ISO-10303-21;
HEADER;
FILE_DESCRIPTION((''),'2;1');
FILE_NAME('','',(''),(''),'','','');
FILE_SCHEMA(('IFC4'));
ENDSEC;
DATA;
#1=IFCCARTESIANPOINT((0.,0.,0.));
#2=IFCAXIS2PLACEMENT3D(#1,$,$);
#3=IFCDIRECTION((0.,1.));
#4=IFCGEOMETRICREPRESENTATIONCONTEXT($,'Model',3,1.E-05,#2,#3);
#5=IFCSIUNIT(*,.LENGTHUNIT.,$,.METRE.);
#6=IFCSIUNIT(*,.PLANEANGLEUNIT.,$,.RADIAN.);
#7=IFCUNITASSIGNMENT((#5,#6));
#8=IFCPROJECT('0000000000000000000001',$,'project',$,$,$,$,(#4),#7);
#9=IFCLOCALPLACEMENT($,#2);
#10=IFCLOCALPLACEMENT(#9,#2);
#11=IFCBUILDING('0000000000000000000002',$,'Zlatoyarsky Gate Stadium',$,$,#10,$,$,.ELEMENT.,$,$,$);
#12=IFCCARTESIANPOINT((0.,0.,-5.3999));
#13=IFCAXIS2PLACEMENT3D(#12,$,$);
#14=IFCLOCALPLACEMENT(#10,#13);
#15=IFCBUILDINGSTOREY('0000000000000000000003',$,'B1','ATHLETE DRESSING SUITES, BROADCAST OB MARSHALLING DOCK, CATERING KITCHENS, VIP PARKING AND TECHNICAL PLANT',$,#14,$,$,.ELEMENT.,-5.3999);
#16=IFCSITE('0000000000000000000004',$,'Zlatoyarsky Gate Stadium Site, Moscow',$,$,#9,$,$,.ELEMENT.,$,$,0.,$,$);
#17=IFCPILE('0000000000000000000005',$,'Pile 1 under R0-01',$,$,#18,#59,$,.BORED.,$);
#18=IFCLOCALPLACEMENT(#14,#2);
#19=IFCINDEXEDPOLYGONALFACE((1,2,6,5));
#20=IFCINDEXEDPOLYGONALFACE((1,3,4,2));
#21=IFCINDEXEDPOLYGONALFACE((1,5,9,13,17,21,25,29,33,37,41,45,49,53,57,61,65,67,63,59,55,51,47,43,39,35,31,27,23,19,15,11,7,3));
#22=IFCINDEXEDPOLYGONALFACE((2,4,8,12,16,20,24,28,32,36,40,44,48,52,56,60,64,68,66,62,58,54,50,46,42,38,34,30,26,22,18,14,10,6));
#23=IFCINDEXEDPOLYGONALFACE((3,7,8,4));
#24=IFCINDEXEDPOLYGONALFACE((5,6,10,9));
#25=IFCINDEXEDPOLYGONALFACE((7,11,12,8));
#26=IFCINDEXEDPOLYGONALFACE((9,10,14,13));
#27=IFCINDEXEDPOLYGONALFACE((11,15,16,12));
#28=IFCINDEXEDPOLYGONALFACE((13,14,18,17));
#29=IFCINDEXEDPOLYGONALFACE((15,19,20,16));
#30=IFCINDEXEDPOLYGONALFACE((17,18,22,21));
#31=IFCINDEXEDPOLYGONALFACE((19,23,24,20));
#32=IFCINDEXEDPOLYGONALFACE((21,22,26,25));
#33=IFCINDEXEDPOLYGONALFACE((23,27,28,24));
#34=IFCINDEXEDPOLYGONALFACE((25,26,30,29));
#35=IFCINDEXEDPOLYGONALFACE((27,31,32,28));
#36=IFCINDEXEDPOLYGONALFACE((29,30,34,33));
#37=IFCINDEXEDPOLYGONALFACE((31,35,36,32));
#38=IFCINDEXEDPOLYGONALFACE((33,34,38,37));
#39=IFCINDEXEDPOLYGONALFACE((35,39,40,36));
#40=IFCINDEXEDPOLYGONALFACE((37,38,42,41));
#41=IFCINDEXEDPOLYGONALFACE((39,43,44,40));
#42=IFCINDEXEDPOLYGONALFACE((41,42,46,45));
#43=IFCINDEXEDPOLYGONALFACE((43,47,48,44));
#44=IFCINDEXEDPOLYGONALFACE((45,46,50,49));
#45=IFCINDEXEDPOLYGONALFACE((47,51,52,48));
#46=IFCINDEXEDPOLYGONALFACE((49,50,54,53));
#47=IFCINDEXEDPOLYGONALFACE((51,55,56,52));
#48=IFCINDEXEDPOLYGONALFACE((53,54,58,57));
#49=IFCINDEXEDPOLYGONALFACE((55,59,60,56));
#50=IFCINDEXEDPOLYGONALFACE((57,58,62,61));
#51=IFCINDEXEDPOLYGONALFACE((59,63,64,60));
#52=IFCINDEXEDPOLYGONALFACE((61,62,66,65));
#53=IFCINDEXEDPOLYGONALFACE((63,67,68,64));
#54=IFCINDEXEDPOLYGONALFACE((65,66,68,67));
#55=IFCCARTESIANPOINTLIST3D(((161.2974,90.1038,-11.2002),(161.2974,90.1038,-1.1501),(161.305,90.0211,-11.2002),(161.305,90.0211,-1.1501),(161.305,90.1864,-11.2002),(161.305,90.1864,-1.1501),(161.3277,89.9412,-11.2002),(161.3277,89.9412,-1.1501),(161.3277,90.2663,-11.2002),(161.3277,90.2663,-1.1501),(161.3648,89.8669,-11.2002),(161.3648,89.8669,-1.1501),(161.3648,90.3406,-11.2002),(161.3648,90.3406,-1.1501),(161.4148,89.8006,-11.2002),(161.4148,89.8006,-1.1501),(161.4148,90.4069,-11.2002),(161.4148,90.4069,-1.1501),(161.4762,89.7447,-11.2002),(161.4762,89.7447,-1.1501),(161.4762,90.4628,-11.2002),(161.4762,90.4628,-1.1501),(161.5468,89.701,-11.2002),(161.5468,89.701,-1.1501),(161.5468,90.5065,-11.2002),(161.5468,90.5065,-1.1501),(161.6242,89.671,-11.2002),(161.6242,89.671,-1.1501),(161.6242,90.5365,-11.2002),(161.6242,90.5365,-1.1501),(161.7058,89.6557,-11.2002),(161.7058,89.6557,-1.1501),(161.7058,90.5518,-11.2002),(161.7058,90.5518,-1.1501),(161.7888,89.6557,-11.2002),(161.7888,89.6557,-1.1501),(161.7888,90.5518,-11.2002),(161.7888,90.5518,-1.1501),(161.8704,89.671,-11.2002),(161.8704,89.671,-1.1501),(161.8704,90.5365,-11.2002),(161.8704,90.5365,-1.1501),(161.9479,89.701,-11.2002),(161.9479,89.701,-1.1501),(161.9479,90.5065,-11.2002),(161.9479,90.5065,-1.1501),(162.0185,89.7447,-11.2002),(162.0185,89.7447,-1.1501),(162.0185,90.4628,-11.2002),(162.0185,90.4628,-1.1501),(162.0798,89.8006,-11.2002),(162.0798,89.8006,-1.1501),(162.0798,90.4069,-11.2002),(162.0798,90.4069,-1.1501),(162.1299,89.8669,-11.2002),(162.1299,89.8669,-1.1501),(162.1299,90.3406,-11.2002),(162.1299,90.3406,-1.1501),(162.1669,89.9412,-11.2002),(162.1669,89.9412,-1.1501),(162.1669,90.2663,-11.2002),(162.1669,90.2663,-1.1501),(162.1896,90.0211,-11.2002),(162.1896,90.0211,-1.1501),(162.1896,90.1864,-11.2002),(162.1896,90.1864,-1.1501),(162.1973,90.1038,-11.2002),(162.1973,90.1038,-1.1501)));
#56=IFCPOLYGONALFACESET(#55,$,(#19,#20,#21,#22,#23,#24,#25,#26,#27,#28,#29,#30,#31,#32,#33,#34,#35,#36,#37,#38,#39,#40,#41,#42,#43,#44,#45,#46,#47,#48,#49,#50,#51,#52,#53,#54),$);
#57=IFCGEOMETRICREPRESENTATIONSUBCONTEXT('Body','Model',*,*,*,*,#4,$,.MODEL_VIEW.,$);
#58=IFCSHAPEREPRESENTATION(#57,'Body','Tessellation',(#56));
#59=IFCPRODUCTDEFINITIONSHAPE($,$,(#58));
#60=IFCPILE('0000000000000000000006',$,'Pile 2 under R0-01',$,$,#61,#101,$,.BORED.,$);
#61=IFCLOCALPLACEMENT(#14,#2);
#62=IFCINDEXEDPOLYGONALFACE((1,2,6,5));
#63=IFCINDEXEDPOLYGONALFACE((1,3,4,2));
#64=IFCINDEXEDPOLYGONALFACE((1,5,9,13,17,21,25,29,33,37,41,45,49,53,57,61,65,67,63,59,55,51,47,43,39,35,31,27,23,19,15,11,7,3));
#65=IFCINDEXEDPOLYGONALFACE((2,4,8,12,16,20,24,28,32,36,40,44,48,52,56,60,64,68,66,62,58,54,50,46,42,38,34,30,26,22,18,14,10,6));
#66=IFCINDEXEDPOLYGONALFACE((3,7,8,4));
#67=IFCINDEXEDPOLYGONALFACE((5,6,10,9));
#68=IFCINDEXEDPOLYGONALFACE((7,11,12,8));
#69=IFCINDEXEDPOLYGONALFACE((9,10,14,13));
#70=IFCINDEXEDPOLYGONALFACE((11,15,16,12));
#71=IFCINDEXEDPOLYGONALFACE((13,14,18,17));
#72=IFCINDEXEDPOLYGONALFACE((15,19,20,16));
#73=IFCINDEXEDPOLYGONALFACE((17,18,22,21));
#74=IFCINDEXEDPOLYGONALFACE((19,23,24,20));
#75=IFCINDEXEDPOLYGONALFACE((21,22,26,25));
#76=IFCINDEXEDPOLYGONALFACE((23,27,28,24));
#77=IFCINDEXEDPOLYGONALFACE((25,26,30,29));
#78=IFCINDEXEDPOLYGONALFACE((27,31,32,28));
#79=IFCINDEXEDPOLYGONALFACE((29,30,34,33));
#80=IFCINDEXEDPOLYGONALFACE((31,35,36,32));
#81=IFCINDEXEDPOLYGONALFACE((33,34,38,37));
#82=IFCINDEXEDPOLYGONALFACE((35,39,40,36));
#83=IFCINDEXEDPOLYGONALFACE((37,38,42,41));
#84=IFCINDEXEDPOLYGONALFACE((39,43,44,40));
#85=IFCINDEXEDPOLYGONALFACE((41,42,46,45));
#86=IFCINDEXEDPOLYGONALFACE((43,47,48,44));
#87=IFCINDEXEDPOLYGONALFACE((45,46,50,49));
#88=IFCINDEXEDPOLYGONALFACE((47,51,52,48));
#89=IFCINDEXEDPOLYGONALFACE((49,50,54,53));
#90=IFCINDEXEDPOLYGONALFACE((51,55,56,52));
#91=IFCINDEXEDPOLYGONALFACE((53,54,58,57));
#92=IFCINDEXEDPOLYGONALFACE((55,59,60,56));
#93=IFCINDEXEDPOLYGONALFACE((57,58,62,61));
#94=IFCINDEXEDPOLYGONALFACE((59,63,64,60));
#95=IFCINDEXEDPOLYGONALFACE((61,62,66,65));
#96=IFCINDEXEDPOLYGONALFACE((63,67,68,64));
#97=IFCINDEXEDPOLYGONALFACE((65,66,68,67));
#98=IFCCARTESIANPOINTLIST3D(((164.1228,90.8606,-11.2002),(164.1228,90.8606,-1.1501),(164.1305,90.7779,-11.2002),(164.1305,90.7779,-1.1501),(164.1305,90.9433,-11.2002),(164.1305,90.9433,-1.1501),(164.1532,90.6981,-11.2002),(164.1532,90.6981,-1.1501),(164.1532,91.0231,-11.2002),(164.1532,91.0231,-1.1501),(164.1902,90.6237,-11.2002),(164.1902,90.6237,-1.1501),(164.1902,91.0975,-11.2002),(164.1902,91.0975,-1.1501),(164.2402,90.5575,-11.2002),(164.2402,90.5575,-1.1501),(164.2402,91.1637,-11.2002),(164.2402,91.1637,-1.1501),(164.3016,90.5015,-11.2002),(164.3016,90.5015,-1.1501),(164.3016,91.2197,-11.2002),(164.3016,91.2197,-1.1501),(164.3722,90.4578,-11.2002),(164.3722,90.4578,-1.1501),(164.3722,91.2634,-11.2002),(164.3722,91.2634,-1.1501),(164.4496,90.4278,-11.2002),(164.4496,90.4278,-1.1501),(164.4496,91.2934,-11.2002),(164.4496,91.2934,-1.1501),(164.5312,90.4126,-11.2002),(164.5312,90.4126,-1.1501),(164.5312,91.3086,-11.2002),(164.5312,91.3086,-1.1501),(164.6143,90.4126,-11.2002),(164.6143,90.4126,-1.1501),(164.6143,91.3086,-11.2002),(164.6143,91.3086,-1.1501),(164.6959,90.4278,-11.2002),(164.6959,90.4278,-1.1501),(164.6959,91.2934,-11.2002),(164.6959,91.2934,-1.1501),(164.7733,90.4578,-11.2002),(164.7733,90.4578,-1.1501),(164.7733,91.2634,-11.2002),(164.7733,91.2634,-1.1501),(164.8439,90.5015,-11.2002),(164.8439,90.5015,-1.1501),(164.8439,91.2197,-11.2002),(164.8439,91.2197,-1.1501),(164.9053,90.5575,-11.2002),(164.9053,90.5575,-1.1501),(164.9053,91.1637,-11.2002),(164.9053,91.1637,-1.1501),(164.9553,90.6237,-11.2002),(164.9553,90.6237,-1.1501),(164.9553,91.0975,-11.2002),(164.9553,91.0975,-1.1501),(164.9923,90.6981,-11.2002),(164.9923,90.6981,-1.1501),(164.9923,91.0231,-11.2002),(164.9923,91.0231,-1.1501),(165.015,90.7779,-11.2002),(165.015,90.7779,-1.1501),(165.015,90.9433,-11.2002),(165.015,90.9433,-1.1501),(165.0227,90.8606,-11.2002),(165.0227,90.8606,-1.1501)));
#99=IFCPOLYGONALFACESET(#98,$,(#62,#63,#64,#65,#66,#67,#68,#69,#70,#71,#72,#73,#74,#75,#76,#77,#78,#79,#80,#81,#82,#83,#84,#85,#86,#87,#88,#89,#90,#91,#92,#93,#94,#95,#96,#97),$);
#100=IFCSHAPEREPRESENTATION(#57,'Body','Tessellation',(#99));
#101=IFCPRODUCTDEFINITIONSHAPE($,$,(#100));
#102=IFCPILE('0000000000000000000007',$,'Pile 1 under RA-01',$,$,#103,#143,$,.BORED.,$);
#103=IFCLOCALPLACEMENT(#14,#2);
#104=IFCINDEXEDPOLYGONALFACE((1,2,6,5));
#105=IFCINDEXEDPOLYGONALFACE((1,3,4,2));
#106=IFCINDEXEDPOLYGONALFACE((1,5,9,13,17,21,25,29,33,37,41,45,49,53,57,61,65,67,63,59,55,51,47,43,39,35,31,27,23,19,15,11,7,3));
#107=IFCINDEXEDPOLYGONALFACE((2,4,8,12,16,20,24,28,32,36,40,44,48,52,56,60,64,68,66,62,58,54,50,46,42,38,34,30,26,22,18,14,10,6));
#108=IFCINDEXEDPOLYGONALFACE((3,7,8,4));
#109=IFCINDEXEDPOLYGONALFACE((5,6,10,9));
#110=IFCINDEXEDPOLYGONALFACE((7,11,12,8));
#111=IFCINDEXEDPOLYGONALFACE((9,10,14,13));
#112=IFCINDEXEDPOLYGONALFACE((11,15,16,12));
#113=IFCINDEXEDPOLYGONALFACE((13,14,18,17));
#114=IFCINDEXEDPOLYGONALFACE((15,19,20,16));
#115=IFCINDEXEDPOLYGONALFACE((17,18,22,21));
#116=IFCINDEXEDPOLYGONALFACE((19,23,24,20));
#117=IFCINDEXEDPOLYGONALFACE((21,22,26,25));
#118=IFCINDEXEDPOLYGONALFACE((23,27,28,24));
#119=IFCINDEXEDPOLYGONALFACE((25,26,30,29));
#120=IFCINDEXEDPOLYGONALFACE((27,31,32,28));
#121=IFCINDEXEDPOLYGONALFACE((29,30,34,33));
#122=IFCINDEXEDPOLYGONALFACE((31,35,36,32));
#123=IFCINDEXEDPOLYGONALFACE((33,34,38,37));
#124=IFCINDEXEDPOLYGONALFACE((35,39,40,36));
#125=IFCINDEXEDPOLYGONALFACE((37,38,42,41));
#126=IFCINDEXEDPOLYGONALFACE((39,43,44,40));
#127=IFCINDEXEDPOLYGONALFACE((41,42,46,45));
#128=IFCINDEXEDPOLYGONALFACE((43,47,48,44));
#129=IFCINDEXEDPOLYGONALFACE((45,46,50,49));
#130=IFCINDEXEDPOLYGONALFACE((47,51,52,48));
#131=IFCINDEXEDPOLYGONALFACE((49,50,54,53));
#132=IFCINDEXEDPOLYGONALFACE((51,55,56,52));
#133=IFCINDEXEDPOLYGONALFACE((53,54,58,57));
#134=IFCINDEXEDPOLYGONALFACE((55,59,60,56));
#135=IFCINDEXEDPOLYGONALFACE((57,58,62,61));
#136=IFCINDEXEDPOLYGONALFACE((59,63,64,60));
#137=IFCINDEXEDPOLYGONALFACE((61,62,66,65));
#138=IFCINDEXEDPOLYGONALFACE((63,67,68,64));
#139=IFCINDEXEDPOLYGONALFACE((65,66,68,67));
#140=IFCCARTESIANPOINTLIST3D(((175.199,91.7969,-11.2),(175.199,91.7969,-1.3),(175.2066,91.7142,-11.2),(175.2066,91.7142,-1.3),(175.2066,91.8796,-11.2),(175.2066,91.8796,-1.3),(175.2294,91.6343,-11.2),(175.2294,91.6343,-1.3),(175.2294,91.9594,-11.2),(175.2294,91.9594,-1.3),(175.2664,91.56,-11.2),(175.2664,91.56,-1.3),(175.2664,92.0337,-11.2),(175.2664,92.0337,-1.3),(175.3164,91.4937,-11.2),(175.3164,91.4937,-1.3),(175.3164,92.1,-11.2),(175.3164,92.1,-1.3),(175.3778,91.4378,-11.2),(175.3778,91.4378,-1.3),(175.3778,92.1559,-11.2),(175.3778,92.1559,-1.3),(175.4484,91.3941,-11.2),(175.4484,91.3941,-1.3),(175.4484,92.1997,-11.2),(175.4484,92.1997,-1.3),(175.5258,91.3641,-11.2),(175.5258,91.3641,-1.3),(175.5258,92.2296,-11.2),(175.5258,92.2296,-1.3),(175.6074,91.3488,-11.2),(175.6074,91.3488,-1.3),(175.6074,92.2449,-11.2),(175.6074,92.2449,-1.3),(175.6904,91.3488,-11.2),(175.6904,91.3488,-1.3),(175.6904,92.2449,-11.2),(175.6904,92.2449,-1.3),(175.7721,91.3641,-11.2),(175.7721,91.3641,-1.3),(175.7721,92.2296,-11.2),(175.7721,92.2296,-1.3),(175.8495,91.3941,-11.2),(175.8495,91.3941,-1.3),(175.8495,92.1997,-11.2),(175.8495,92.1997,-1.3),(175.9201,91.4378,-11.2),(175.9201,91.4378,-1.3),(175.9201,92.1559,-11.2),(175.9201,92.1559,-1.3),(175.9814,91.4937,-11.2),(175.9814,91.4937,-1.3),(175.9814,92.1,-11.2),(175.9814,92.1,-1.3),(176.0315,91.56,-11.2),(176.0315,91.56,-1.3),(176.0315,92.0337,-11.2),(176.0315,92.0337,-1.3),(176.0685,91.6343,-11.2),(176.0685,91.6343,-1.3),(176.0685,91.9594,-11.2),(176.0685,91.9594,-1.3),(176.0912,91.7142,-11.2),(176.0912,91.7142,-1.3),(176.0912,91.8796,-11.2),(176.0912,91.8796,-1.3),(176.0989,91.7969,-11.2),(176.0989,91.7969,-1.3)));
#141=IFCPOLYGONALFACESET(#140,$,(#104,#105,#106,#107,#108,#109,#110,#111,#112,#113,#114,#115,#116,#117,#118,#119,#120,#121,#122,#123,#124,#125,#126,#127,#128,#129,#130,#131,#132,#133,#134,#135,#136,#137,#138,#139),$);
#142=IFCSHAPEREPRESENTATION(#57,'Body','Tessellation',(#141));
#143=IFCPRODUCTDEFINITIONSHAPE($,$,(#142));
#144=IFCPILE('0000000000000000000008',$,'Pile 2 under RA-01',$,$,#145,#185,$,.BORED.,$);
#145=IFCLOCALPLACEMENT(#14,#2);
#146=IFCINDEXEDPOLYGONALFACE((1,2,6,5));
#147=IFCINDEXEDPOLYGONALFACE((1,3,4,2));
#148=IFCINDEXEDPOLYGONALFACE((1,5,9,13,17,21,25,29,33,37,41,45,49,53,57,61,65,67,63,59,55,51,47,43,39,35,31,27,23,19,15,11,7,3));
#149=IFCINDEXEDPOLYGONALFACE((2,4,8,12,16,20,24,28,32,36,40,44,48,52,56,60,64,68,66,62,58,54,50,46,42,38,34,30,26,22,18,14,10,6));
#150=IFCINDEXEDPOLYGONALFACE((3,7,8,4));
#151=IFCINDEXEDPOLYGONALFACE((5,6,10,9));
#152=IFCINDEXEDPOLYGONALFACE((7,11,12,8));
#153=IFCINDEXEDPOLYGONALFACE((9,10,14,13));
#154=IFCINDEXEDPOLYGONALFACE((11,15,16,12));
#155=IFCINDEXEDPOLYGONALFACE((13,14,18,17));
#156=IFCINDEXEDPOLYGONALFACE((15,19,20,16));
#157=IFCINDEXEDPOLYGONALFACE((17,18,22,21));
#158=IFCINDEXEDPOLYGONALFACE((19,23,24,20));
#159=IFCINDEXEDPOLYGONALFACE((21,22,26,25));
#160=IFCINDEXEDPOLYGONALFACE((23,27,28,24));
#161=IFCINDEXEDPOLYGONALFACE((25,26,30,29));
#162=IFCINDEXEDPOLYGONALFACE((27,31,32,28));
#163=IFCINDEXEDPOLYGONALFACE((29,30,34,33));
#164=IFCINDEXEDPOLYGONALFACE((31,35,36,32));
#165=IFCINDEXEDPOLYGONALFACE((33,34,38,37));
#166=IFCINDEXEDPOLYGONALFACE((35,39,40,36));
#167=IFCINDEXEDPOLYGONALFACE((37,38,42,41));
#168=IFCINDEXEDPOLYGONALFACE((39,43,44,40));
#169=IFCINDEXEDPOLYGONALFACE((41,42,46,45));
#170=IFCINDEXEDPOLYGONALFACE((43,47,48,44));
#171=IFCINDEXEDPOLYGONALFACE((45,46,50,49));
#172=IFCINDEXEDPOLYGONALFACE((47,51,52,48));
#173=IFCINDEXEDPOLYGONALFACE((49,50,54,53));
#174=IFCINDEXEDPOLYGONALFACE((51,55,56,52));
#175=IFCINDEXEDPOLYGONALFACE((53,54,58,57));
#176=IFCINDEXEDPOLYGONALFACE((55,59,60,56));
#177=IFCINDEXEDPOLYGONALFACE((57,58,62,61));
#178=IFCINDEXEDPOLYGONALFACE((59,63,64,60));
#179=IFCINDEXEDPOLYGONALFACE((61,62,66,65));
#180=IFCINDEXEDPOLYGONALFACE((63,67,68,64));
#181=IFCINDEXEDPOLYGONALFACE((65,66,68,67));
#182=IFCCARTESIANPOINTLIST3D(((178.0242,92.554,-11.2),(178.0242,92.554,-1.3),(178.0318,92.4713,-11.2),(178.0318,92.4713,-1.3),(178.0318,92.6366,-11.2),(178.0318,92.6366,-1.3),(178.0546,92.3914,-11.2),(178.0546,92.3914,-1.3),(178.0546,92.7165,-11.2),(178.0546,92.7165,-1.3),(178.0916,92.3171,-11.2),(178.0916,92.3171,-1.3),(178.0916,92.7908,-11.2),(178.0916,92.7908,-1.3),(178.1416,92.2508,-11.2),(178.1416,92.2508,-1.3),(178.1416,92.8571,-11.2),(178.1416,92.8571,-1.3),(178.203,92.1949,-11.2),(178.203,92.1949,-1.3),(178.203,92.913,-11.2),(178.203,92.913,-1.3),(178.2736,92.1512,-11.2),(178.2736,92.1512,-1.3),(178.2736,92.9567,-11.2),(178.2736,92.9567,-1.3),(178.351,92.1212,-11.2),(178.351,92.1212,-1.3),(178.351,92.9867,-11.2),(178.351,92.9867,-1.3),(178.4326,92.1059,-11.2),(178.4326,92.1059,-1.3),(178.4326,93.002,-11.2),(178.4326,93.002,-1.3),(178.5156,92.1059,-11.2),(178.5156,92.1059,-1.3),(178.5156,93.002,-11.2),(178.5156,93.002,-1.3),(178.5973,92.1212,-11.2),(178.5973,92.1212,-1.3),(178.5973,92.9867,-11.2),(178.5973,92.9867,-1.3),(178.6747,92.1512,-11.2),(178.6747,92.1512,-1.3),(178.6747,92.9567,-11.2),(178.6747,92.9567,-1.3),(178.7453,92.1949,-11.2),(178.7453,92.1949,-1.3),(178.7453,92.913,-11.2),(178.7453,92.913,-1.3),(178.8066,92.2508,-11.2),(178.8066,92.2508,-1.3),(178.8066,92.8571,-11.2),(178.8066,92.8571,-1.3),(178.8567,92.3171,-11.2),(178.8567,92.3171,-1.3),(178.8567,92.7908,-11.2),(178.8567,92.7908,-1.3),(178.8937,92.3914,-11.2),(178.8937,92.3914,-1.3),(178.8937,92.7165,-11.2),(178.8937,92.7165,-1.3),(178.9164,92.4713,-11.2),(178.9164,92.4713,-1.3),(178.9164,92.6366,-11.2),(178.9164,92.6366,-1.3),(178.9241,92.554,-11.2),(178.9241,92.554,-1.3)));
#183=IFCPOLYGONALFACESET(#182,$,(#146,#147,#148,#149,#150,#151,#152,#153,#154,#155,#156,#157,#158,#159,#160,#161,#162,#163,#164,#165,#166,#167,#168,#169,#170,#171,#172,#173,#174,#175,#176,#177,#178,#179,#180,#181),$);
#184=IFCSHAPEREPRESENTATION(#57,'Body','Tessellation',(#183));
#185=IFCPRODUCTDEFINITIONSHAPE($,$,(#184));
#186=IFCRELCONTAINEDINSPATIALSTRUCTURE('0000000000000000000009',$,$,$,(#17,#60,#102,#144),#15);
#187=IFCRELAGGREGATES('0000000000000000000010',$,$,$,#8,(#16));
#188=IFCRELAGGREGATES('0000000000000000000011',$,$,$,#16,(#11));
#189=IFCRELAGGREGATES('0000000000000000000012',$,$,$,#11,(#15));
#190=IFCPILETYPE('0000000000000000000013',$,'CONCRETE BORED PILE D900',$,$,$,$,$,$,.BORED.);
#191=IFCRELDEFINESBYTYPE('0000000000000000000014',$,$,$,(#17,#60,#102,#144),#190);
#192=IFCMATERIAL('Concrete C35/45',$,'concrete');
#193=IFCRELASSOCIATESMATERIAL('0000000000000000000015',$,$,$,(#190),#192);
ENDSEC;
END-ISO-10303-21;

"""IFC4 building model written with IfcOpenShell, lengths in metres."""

from ifc_helpers import new_model, si_unit, direction, frame, origin, origin_2d, place, context, subcontext, project, spatial, circle, extrude, material, material_profile, profile_set, type_object, element, save


model = new_model("IFC4")

# Units and contexts
model_context = context("Model", 3, precision=1e-05, world=origin(), true_north=direction((0.0, 1.0)))
body_context = subcontext(model_context, "Body", "Model", "MODEL_VIEW")
ifc_project = project(units=[si_unit("LENGTHUNIT", "METRE"), si_unit("PLANEANGLEUNIT", "RADIAN")], contexts=[model_context])

# Site, building, storey
site_placement = place(None, origin())
site = spatial("IfcSite", under=ifc_project, at=site_placement, Name="Zlatoyarsky Gate Stadium Site, Moscow", CompositionType="ELEMENT", RefElevation=0.0)
building_placement = place(site_placement, origin())
building = spatial("IfcBuilding", under=site, at=building_placement, Name="Zlatoyarsky Gate Stadium", CompositionType="ELEMENT")
storey_placement = place(building_placement, frame((0.0, 0.0, -5.3999)))
storey = spatial("IfcBuildingStorey", under=building, at=storey_placement, Name="B1", Description="ATHLETE DRESSING SUITES, BROADCAST OB MARSHALLING DOCK, CATERING KITCHENS, VIP PARKING AND TECHNICAL PLANT", CompositionType="ELEMENT", Elevation=-5.3999)

# Piles
ifc_material_1 = material(Name="Concrete C35/45", Category="concrete")
ifc_material_profile_1 = material_profile(ifc_material_1, circle(Radius=0.45, at=origin_2d()), Name="BORED PILE D900")
ifc_profile_set_1 = profile_set([ifc_material_profile_1], Name="Concrete C35/45")
pile_type_1 = type_object("IfcPileType", Name="CONCRETE BORED PILE D900", PredefinedType="BORED", material=ifc_profile_set_1)
for number, where, z_axis, x_axis, name in (
    (1, (161.7473, 90.1038, -1.1501), (0.0, 0.0, -1.0), (1.0, 0.0, 0.0), "Pile 1 under R0-01"),
    (2, (164.5728, 90.8606, -1.1501), (0.0, 0.0, -1.0), (1.0, 0.0, 0.0), "Pile 2 under R0-01"),
):
    element("IfcPile", number, at=place(storey_placement, frame(where, z_axis=z_axis, x_axis=x_axis)), inside=storey, type_object=pile_type_1, Name=name, PredefinedType="BORED", context=body_context, shape_type="SweptSolid", body=[
        extrude(circle(Radius=0.45, at=origin_2d()), origin(), (0.0, 0.0, 1.0), 10.05),
    ])
for number, where, z_axis, x_axis, name in (
    (3, (175.6489, 91.7969, -1.3), (0.0, 0.0, -1.0), (1.0, 0.0, 0.0), "Pile 1 under RA-01"),
    (4, (178.4741, 92.554, -1.3), (0.0, 0.0, -1.0), (1.0, 0.0, 0.0), "Pile 2 under RA-01"),
):
    element("IfcPile", number, at=place(storey_placement, frame(where, z_axis=z_axis, x_axis=x_axis)), inside=storey, type_object=pile_type_1, Name=name, PredefinedType="BORED", context=body_context, shape_type="SweptSolid", body=[
        extrude(circle(Radius=0.45, at=origin_2d()), origin(), (0.0, 0.0, 1.0), 9.8999),
    ])

save(model, "model.ifc")
